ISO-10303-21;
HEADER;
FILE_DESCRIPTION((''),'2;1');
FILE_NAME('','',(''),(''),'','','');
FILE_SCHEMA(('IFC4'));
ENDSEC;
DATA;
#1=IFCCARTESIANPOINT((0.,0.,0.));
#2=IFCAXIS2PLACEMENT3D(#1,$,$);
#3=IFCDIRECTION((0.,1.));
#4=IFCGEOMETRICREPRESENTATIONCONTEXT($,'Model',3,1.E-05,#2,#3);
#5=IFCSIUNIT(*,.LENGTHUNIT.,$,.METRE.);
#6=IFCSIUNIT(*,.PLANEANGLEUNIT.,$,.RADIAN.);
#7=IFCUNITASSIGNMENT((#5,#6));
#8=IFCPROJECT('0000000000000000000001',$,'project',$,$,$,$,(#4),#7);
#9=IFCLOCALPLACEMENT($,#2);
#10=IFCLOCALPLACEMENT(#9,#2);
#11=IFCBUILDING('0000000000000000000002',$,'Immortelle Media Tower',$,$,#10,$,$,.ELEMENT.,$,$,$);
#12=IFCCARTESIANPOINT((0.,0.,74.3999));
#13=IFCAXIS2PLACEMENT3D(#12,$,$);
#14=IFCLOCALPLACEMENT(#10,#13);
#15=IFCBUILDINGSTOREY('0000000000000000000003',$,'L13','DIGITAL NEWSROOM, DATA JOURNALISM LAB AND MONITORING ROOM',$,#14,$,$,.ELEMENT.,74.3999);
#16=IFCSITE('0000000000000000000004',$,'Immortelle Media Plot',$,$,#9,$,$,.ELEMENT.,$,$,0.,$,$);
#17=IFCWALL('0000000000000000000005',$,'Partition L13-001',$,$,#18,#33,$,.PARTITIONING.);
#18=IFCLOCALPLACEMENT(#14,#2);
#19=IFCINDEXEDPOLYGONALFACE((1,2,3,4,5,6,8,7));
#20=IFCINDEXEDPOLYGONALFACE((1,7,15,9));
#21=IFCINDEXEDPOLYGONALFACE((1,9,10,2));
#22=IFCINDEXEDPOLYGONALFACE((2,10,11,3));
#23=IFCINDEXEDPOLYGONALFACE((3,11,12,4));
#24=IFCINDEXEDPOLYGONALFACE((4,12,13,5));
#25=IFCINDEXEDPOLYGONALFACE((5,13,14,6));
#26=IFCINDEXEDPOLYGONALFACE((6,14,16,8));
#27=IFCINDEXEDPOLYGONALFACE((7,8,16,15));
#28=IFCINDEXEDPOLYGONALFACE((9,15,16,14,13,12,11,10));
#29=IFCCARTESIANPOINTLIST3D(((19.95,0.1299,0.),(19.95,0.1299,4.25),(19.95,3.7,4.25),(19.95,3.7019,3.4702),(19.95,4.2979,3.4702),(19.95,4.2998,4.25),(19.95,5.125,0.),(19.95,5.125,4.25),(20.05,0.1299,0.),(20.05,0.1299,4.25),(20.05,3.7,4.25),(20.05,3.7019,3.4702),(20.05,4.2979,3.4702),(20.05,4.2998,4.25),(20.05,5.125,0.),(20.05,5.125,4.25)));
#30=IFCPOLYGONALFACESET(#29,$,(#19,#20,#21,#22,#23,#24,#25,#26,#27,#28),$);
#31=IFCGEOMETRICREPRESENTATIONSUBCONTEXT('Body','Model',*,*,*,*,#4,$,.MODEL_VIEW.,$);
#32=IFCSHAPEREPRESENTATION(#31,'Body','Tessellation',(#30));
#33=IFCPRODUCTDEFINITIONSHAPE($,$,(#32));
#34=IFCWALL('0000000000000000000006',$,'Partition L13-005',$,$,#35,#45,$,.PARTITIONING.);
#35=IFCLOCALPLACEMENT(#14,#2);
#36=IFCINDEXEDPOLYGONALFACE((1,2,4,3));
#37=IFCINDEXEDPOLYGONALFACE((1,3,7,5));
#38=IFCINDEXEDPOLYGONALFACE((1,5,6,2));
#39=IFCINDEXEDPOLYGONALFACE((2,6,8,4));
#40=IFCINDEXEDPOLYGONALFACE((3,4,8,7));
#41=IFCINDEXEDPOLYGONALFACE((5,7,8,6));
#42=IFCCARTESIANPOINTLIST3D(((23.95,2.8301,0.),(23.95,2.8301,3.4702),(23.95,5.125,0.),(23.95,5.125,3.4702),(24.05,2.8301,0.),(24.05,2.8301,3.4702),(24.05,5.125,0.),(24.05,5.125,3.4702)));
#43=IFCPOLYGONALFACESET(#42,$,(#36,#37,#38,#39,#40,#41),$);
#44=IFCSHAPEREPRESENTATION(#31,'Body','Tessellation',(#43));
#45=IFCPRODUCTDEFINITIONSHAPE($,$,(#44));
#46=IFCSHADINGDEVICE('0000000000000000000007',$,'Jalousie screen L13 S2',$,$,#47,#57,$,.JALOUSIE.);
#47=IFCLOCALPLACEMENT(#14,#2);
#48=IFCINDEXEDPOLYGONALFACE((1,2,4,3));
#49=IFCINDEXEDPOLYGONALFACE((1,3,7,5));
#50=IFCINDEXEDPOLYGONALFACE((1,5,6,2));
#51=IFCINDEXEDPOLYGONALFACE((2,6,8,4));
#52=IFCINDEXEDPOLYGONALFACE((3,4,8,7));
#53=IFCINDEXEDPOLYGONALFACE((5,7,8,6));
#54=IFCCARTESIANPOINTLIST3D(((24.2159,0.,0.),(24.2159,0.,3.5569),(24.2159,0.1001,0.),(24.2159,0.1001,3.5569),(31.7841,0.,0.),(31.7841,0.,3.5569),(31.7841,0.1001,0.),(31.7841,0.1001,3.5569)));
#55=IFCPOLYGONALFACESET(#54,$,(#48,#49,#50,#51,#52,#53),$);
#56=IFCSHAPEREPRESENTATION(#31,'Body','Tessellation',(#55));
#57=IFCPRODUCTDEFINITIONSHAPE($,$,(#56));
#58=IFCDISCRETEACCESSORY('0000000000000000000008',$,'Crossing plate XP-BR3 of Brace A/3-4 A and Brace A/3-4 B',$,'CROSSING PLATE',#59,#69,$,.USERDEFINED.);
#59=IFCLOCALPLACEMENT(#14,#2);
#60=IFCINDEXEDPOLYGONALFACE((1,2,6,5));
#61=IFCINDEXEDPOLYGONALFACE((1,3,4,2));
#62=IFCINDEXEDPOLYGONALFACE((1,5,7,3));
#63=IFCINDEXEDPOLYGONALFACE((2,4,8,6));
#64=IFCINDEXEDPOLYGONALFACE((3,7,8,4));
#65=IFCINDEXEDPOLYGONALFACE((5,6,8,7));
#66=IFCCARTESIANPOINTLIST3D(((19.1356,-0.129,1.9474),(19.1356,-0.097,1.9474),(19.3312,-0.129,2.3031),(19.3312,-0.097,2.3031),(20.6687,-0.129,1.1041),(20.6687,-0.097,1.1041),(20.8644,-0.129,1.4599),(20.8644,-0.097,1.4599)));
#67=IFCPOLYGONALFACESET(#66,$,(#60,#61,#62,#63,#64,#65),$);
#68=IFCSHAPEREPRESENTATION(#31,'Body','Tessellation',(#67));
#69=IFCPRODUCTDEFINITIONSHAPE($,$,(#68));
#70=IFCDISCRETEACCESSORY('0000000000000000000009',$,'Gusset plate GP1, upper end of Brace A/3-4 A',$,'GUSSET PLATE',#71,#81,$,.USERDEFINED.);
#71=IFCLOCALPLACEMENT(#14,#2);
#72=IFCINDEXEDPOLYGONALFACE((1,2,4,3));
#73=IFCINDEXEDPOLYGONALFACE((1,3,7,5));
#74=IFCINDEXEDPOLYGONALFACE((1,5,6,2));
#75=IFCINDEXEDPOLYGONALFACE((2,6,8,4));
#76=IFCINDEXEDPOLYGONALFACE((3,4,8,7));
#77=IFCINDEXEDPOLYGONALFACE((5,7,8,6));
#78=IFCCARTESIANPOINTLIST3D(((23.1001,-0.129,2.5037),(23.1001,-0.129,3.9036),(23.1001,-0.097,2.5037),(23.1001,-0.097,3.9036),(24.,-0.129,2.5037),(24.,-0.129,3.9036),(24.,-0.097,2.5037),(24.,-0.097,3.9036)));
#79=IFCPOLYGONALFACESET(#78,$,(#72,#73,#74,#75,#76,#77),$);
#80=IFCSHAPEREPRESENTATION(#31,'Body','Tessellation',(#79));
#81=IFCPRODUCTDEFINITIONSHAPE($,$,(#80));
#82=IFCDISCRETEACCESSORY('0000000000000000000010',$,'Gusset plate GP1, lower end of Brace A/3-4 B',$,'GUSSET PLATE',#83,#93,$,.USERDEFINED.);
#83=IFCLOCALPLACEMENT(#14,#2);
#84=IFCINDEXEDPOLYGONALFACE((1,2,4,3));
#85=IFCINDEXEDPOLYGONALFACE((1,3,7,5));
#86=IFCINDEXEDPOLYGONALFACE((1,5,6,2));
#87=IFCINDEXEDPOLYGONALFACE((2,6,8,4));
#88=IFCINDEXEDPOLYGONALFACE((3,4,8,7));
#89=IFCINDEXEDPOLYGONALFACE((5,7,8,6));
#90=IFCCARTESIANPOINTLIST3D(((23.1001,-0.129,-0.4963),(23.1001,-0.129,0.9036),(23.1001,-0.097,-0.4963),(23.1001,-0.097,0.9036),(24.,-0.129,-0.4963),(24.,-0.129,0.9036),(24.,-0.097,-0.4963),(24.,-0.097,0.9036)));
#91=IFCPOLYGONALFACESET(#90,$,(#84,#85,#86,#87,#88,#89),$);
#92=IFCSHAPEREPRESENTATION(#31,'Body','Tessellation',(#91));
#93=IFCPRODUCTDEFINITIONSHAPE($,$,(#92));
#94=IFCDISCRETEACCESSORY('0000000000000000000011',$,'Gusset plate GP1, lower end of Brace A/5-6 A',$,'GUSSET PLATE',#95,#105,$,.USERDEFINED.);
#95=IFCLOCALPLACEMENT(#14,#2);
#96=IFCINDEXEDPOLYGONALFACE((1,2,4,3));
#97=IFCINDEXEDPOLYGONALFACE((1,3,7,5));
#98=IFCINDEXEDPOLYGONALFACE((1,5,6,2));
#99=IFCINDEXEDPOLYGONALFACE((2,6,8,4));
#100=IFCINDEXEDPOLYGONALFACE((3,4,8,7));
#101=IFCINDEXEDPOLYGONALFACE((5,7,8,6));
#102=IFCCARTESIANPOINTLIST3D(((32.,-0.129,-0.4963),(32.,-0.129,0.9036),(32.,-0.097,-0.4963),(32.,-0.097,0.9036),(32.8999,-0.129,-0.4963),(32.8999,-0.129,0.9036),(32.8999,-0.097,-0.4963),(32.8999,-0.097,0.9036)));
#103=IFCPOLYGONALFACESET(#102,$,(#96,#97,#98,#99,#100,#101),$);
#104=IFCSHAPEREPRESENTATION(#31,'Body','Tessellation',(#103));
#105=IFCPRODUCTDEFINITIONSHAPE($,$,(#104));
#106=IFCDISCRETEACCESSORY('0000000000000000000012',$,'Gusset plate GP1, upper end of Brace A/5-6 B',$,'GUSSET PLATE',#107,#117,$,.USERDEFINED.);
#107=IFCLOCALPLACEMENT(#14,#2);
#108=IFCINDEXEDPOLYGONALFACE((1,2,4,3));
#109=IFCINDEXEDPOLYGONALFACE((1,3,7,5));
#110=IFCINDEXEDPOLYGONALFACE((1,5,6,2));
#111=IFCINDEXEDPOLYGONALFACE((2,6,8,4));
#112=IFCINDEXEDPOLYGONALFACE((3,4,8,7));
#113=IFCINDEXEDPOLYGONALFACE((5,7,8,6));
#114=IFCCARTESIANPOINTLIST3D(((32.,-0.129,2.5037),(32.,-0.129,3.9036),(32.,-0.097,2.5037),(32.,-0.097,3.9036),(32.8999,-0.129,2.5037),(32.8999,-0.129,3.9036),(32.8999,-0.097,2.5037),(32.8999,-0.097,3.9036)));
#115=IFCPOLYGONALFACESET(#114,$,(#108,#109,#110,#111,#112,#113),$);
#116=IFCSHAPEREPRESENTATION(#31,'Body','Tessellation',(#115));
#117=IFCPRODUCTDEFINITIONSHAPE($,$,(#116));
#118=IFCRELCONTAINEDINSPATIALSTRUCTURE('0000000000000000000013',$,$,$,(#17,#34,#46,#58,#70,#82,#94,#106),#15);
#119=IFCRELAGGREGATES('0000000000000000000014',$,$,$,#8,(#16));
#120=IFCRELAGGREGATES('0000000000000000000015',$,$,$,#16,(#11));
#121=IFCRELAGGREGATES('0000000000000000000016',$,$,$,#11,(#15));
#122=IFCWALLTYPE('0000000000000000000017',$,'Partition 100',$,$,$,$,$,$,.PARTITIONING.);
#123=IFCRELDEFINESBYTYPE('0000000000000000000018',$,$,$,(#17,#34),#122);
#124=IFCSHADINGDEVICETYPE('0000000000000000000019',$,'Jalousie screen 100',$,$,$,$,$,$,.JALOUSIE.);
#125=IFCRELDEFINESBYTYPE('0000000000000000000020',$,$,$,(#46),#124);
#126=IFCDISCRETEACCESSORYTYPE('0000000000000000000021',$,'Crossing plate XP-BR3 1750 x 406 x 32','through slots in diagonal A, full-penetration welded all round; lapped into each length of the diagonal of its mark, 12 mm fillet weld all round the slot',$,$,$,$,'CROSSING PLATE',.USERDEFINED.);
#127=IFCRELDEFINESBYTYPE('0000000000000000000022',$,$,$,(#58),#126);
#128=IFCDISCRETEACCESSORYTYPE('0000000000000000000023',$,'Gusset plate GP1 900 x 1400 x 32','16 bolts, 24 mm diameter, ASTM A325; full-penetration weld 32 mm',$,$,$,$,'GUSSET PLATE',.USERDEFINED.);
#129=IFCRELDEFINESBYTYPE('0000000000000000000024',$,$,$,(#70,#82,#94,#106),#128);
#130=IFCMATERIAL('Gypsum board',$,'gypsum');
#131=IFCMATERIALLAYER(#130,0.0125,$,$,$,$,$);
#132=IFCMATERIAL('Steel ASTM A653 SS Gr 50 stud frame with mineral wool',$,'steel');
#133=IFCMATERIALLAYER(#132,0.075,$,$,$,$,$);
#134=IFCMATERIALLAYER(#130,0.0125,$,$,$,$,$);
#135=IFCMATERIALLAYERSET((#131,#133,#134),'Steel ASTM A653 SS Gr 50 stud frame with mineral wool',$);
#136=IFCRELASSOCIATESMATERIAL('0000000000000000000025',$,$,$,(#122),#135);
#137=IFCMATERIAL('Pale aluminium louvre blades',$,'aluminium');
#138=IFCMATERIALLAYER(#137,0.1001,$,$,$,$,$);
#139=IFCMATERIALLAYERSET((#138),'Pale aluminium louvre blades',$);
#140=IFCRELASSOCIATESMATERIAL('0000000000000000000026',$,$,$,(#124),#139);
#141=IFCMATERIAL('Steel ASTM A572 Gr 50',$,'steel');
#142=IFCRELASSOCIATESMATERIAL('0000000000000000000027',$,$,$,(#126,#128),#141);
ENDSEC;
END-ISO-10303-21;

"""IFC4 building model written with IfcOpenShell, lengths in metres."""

from ifc_helpers import new_model, si_unit, direction, frame, frame_2d, origin, origin_2d, place, context, subcontext, project, spatial, polyline, rectangle, outline, extrude, material, layer, layer_set, material_profile, profile_set, type_object, element, save


model = new_model("IFC4")

# Units and contexts
model_context = context("Model", 3, precision=1e-05, world=origin(), true_north=direction((0.0, 1.0)))
body_context = subcontext(model_context, "Body", "Model", "MODEL_VIEW")
ifc_project = project(units=[si_unit("LENGTHUNIT", "METRE"), si_unit("PLANEANGLEUNIT", "RADIAN")], contexts=[model_context])

# Site, building, storey
site_placement = place(None, origin())
site = spatial("IfcSite", under=ifc_project, at=site_placement, Name="Immortelle Media Plot", CompositionType="ELEMENT", RefElevation=0.0)
building_placement = place(site_placement, origin())
building = spatial("IfcBuilding", under=site, at=building_placement, Name="Immortelle Media Tower", CompositionType="ELEMENT")
storey_placement = place(building_placement, frame((0.0, 0.0, 74.3999)))
storey = spatial("IfcBuildingStorey", under=building, at=storey_placement, Name="L13", Description="DIGITAL NEWSROOM, DATA JOURNALISM LAB AND MONITORING ROOM", CompositionType="ELEMENT", Elevation=74.3999)

# Shared definitions
ifc_material_1 = material(Name="Steel ASTM A653 SS Gr 50 stud frame with mineral wool", Category="steel")

# Walls
ifc_material_2 = material(Name="Gypsum board", Category="gypsum")
ifc_layer_1 = layer(ifc_material_2, 0.0125)
ifc_layer_2 = layer(ifc_material_1, 0.075)
ifc_layer_3 = layer(ifc_material_2, 0.0125)
ifc_layer_set_1 = layer_set([ifc_layer_1, ifc_layer_2, ifc_layer_3], Name="Steel ASTM A653 SS Gr 50 stud frame with mineral wool")
wall_type_1 = type_object("IfcWallType", Name="Partition 100", PredefinedType="PARTITIONING", material=ifc_layer_set_1)
wall_1_placement = place(storey_placement, frame((20.0, 0.1299, 0.0), z_axis=(0.0, 0.0, 1.0), x_axis=(0.0, 1.0, 0.0)))
element("IfcWall", 1, at=wall_1_placement, inside=storey, type_object=wall_type_1, Name="Partition L13-001", PredefinedType="PARTITIONING", context=body_context, shape_type="SweptSolid", body=[
    extrude(outline(polyline([(0.0, 0.0), (4.9951, 0.0), (4.9951, 4.25), (4.1699, 4.25), (4.168, 3.4702), (3.572, 3.4702), (3.5701, 4.25), (0.0, 4.25), (0.0, 0.0)])), frame((0.0, 0.05, 0.0), z_axis=(0.0, -1.0, 0.0), x_axis=(1.0, 0.0, 0.0)), (0.0, 0.0, 1.0), 0.1001),
])
wall_2_placement = place(storey_placement, frame((24.0, 2.8301, 0.0), z_axis=(0.0, 0.0, 1.0), x_axis=(0.0, 1.0, 0.0)))
element("IfcWall", 2, at=wall_2_placement, inside=storey, type_object=wall_type_1, Name="Partition L13-005", PredefinedType="PARTITIONING", context=body_context, shape_type="SweptSolid", body=[
    extrude(rectangle(XDim=2.2949, YDim=0.1001, at=frame_2d((1.1475, 0.0))), origin(), (0.0, 0.0, 1.0), 3.4702),
])

# Shading device
ifc_material_3 = material(Name="Pale aluminium louvre blades", Category="aluminium")
ifc_layer_4 = layer(ifc_material_3, 0.1001)
ifc_layer_set_2 = layer_set([ifc_layer_4], Name="Pale aluminium louvre blades")
shading_device_type = type_object("IfcShadingDeviceType", Name="Jalousie screen 100", PredefinedType="JALOUSIE", material=ifc_layer_set_2)
shading_device_placement = place(storey_placement, frame((28.0, 0.05, 0.0), z_axis=(0.0, 0.0, 1.0), x_axis=(1.0, 0.0, 0.0)))
element("IfcShadingDevice", 3, at=shading_device_placement, inside=storey, type_object=shading_device_type, Name="Jalousie screen L13 S2", PredefinedType="JALOUSIE", context=body_context, shape_type="SweptSolid", body=[
    extrude(rectangle(XDim=7.5681, YDim=0.1001, at=origin_2d()), origin(), (0.0, 0.0, 1.0), 3.5569),
])

# Discrete accessories
ifc_material_4 = material(Name="Steel ASTM A572 Gr 50", Category="steel")
ifc_material_profile_1 = material_profile(ifc_material_4, rectangle(XDim=0.032, YDim=0.406, at=origin_2d()), Name="PL 32 x 406")
ifc_profile_set_1 = profile_set([ifc_material_profile_1], Name="Steel ASTM A572 Gr 50")
discrete_accessory_type_1 = type_object("IfcDiscreteAccessoryType", Name="Crossing plate XP-BR3 1750 x 406 x 32", Description="through slots in diagonal A, full-penetration welded all round; lapped into each length of the diagonal of its mark, 12 mm fillet weld all round the slot", ElementType="CROSSING PLATE", PredefinedType="USERDEFINED", material=ifc_profile_set_1)
discrete_accessory_placement = place(storey_placement, frame((19.2334, -0.113, 2.1252), z_axis=(0.876216, 0.0, -0.481919), x_axis=(0.0, 1.0, 0.0)))
element("IfcDiscreteAccessory", 4, at=discrete_accessory_placement, inside=storey, type_object=discrete_accessory_type_1, Name="Crossing plate XP-BR3 of Brace A/3-4 A and Brace A/3-4 B", ObjectType="CROSSING PLATE", PredefinedType="USERDEFINED", context=body_context, shape_type="SweptSolid", body=[
    extrude(rectangle(XDim=0.032, YDim=0.406, at=origin_2d()), origin(), (0.0, 0.0, 1.0), 1.7498),
])
ifc_material_profile_2 = material_profile(ifc_material_4, rectangle(XDim=0.032, YDim=1.3999, at=origin_2d()), Name="PL 32 x 1400")
ifc_profile_set_2 = profile_set([ifc_material_profile_2], Name="Steel ASTM A572 Gr 50")
discrete_accessory_type_2 = type_object("IfcDiscreteAccessoryType", Name="Gusset plate GP1 900 x 1400 x 32", Description="16 bolts, 24 mm diameter, ASTM A325; full-penetration weld 32 mm", ElementType="GUSSET PLATE", PredefinedType="USERDEFINED", material=ifc_profile_set_2)
for number, where, z_axis, x_axis, name in (
    (5, (24.0, -0.113, 3.2036), (-1.0, 0.0, 0.0), (0.0, -1.0, 0.0), "Gusset plate GP1, upper end of Brace A/3-4 A"),
    (6, (24.0, -0.113, 0.2036), (-1.0, 0.0, 0.0), (0.0, -1.0, 0.0), "Gusset plate GP1, lower end of Brace A/3-4 B"),
    (7, (32.0, -0.113, 0.2036), (1.0, 0.0, 0.0), (0.0, 1.0, 0.0), "Gusset plate GP1, lower end of Brace A/5-6 A"),
    (8, (32.0, -0.113, 3.2036), (1.0, 0.0, 0.0), (0.0, 1.0, 0.0), "Gusset plate GP1, upper end of Brace A/5-6 B"),
):
    element("IfcDiscreteAccessory", number, at=place(storey_placement, frame(where, z_axis=z_axis, x_axis=x_axis)), inside=storey, type_object=discrete_accessory_type_2, Name=name, ObjectType="GUSSET PLATE", PredefinedType="USERDEFINED", context=body_context, shape_type="SweptSolid", body=[
        extrude(rectangle(XDim=0.032, YDim=1.3999, at=origin_2d()), origin(), (0.0, 0.0, 1.0), 0.8999),
    ])

save(model, "model.ifc")
